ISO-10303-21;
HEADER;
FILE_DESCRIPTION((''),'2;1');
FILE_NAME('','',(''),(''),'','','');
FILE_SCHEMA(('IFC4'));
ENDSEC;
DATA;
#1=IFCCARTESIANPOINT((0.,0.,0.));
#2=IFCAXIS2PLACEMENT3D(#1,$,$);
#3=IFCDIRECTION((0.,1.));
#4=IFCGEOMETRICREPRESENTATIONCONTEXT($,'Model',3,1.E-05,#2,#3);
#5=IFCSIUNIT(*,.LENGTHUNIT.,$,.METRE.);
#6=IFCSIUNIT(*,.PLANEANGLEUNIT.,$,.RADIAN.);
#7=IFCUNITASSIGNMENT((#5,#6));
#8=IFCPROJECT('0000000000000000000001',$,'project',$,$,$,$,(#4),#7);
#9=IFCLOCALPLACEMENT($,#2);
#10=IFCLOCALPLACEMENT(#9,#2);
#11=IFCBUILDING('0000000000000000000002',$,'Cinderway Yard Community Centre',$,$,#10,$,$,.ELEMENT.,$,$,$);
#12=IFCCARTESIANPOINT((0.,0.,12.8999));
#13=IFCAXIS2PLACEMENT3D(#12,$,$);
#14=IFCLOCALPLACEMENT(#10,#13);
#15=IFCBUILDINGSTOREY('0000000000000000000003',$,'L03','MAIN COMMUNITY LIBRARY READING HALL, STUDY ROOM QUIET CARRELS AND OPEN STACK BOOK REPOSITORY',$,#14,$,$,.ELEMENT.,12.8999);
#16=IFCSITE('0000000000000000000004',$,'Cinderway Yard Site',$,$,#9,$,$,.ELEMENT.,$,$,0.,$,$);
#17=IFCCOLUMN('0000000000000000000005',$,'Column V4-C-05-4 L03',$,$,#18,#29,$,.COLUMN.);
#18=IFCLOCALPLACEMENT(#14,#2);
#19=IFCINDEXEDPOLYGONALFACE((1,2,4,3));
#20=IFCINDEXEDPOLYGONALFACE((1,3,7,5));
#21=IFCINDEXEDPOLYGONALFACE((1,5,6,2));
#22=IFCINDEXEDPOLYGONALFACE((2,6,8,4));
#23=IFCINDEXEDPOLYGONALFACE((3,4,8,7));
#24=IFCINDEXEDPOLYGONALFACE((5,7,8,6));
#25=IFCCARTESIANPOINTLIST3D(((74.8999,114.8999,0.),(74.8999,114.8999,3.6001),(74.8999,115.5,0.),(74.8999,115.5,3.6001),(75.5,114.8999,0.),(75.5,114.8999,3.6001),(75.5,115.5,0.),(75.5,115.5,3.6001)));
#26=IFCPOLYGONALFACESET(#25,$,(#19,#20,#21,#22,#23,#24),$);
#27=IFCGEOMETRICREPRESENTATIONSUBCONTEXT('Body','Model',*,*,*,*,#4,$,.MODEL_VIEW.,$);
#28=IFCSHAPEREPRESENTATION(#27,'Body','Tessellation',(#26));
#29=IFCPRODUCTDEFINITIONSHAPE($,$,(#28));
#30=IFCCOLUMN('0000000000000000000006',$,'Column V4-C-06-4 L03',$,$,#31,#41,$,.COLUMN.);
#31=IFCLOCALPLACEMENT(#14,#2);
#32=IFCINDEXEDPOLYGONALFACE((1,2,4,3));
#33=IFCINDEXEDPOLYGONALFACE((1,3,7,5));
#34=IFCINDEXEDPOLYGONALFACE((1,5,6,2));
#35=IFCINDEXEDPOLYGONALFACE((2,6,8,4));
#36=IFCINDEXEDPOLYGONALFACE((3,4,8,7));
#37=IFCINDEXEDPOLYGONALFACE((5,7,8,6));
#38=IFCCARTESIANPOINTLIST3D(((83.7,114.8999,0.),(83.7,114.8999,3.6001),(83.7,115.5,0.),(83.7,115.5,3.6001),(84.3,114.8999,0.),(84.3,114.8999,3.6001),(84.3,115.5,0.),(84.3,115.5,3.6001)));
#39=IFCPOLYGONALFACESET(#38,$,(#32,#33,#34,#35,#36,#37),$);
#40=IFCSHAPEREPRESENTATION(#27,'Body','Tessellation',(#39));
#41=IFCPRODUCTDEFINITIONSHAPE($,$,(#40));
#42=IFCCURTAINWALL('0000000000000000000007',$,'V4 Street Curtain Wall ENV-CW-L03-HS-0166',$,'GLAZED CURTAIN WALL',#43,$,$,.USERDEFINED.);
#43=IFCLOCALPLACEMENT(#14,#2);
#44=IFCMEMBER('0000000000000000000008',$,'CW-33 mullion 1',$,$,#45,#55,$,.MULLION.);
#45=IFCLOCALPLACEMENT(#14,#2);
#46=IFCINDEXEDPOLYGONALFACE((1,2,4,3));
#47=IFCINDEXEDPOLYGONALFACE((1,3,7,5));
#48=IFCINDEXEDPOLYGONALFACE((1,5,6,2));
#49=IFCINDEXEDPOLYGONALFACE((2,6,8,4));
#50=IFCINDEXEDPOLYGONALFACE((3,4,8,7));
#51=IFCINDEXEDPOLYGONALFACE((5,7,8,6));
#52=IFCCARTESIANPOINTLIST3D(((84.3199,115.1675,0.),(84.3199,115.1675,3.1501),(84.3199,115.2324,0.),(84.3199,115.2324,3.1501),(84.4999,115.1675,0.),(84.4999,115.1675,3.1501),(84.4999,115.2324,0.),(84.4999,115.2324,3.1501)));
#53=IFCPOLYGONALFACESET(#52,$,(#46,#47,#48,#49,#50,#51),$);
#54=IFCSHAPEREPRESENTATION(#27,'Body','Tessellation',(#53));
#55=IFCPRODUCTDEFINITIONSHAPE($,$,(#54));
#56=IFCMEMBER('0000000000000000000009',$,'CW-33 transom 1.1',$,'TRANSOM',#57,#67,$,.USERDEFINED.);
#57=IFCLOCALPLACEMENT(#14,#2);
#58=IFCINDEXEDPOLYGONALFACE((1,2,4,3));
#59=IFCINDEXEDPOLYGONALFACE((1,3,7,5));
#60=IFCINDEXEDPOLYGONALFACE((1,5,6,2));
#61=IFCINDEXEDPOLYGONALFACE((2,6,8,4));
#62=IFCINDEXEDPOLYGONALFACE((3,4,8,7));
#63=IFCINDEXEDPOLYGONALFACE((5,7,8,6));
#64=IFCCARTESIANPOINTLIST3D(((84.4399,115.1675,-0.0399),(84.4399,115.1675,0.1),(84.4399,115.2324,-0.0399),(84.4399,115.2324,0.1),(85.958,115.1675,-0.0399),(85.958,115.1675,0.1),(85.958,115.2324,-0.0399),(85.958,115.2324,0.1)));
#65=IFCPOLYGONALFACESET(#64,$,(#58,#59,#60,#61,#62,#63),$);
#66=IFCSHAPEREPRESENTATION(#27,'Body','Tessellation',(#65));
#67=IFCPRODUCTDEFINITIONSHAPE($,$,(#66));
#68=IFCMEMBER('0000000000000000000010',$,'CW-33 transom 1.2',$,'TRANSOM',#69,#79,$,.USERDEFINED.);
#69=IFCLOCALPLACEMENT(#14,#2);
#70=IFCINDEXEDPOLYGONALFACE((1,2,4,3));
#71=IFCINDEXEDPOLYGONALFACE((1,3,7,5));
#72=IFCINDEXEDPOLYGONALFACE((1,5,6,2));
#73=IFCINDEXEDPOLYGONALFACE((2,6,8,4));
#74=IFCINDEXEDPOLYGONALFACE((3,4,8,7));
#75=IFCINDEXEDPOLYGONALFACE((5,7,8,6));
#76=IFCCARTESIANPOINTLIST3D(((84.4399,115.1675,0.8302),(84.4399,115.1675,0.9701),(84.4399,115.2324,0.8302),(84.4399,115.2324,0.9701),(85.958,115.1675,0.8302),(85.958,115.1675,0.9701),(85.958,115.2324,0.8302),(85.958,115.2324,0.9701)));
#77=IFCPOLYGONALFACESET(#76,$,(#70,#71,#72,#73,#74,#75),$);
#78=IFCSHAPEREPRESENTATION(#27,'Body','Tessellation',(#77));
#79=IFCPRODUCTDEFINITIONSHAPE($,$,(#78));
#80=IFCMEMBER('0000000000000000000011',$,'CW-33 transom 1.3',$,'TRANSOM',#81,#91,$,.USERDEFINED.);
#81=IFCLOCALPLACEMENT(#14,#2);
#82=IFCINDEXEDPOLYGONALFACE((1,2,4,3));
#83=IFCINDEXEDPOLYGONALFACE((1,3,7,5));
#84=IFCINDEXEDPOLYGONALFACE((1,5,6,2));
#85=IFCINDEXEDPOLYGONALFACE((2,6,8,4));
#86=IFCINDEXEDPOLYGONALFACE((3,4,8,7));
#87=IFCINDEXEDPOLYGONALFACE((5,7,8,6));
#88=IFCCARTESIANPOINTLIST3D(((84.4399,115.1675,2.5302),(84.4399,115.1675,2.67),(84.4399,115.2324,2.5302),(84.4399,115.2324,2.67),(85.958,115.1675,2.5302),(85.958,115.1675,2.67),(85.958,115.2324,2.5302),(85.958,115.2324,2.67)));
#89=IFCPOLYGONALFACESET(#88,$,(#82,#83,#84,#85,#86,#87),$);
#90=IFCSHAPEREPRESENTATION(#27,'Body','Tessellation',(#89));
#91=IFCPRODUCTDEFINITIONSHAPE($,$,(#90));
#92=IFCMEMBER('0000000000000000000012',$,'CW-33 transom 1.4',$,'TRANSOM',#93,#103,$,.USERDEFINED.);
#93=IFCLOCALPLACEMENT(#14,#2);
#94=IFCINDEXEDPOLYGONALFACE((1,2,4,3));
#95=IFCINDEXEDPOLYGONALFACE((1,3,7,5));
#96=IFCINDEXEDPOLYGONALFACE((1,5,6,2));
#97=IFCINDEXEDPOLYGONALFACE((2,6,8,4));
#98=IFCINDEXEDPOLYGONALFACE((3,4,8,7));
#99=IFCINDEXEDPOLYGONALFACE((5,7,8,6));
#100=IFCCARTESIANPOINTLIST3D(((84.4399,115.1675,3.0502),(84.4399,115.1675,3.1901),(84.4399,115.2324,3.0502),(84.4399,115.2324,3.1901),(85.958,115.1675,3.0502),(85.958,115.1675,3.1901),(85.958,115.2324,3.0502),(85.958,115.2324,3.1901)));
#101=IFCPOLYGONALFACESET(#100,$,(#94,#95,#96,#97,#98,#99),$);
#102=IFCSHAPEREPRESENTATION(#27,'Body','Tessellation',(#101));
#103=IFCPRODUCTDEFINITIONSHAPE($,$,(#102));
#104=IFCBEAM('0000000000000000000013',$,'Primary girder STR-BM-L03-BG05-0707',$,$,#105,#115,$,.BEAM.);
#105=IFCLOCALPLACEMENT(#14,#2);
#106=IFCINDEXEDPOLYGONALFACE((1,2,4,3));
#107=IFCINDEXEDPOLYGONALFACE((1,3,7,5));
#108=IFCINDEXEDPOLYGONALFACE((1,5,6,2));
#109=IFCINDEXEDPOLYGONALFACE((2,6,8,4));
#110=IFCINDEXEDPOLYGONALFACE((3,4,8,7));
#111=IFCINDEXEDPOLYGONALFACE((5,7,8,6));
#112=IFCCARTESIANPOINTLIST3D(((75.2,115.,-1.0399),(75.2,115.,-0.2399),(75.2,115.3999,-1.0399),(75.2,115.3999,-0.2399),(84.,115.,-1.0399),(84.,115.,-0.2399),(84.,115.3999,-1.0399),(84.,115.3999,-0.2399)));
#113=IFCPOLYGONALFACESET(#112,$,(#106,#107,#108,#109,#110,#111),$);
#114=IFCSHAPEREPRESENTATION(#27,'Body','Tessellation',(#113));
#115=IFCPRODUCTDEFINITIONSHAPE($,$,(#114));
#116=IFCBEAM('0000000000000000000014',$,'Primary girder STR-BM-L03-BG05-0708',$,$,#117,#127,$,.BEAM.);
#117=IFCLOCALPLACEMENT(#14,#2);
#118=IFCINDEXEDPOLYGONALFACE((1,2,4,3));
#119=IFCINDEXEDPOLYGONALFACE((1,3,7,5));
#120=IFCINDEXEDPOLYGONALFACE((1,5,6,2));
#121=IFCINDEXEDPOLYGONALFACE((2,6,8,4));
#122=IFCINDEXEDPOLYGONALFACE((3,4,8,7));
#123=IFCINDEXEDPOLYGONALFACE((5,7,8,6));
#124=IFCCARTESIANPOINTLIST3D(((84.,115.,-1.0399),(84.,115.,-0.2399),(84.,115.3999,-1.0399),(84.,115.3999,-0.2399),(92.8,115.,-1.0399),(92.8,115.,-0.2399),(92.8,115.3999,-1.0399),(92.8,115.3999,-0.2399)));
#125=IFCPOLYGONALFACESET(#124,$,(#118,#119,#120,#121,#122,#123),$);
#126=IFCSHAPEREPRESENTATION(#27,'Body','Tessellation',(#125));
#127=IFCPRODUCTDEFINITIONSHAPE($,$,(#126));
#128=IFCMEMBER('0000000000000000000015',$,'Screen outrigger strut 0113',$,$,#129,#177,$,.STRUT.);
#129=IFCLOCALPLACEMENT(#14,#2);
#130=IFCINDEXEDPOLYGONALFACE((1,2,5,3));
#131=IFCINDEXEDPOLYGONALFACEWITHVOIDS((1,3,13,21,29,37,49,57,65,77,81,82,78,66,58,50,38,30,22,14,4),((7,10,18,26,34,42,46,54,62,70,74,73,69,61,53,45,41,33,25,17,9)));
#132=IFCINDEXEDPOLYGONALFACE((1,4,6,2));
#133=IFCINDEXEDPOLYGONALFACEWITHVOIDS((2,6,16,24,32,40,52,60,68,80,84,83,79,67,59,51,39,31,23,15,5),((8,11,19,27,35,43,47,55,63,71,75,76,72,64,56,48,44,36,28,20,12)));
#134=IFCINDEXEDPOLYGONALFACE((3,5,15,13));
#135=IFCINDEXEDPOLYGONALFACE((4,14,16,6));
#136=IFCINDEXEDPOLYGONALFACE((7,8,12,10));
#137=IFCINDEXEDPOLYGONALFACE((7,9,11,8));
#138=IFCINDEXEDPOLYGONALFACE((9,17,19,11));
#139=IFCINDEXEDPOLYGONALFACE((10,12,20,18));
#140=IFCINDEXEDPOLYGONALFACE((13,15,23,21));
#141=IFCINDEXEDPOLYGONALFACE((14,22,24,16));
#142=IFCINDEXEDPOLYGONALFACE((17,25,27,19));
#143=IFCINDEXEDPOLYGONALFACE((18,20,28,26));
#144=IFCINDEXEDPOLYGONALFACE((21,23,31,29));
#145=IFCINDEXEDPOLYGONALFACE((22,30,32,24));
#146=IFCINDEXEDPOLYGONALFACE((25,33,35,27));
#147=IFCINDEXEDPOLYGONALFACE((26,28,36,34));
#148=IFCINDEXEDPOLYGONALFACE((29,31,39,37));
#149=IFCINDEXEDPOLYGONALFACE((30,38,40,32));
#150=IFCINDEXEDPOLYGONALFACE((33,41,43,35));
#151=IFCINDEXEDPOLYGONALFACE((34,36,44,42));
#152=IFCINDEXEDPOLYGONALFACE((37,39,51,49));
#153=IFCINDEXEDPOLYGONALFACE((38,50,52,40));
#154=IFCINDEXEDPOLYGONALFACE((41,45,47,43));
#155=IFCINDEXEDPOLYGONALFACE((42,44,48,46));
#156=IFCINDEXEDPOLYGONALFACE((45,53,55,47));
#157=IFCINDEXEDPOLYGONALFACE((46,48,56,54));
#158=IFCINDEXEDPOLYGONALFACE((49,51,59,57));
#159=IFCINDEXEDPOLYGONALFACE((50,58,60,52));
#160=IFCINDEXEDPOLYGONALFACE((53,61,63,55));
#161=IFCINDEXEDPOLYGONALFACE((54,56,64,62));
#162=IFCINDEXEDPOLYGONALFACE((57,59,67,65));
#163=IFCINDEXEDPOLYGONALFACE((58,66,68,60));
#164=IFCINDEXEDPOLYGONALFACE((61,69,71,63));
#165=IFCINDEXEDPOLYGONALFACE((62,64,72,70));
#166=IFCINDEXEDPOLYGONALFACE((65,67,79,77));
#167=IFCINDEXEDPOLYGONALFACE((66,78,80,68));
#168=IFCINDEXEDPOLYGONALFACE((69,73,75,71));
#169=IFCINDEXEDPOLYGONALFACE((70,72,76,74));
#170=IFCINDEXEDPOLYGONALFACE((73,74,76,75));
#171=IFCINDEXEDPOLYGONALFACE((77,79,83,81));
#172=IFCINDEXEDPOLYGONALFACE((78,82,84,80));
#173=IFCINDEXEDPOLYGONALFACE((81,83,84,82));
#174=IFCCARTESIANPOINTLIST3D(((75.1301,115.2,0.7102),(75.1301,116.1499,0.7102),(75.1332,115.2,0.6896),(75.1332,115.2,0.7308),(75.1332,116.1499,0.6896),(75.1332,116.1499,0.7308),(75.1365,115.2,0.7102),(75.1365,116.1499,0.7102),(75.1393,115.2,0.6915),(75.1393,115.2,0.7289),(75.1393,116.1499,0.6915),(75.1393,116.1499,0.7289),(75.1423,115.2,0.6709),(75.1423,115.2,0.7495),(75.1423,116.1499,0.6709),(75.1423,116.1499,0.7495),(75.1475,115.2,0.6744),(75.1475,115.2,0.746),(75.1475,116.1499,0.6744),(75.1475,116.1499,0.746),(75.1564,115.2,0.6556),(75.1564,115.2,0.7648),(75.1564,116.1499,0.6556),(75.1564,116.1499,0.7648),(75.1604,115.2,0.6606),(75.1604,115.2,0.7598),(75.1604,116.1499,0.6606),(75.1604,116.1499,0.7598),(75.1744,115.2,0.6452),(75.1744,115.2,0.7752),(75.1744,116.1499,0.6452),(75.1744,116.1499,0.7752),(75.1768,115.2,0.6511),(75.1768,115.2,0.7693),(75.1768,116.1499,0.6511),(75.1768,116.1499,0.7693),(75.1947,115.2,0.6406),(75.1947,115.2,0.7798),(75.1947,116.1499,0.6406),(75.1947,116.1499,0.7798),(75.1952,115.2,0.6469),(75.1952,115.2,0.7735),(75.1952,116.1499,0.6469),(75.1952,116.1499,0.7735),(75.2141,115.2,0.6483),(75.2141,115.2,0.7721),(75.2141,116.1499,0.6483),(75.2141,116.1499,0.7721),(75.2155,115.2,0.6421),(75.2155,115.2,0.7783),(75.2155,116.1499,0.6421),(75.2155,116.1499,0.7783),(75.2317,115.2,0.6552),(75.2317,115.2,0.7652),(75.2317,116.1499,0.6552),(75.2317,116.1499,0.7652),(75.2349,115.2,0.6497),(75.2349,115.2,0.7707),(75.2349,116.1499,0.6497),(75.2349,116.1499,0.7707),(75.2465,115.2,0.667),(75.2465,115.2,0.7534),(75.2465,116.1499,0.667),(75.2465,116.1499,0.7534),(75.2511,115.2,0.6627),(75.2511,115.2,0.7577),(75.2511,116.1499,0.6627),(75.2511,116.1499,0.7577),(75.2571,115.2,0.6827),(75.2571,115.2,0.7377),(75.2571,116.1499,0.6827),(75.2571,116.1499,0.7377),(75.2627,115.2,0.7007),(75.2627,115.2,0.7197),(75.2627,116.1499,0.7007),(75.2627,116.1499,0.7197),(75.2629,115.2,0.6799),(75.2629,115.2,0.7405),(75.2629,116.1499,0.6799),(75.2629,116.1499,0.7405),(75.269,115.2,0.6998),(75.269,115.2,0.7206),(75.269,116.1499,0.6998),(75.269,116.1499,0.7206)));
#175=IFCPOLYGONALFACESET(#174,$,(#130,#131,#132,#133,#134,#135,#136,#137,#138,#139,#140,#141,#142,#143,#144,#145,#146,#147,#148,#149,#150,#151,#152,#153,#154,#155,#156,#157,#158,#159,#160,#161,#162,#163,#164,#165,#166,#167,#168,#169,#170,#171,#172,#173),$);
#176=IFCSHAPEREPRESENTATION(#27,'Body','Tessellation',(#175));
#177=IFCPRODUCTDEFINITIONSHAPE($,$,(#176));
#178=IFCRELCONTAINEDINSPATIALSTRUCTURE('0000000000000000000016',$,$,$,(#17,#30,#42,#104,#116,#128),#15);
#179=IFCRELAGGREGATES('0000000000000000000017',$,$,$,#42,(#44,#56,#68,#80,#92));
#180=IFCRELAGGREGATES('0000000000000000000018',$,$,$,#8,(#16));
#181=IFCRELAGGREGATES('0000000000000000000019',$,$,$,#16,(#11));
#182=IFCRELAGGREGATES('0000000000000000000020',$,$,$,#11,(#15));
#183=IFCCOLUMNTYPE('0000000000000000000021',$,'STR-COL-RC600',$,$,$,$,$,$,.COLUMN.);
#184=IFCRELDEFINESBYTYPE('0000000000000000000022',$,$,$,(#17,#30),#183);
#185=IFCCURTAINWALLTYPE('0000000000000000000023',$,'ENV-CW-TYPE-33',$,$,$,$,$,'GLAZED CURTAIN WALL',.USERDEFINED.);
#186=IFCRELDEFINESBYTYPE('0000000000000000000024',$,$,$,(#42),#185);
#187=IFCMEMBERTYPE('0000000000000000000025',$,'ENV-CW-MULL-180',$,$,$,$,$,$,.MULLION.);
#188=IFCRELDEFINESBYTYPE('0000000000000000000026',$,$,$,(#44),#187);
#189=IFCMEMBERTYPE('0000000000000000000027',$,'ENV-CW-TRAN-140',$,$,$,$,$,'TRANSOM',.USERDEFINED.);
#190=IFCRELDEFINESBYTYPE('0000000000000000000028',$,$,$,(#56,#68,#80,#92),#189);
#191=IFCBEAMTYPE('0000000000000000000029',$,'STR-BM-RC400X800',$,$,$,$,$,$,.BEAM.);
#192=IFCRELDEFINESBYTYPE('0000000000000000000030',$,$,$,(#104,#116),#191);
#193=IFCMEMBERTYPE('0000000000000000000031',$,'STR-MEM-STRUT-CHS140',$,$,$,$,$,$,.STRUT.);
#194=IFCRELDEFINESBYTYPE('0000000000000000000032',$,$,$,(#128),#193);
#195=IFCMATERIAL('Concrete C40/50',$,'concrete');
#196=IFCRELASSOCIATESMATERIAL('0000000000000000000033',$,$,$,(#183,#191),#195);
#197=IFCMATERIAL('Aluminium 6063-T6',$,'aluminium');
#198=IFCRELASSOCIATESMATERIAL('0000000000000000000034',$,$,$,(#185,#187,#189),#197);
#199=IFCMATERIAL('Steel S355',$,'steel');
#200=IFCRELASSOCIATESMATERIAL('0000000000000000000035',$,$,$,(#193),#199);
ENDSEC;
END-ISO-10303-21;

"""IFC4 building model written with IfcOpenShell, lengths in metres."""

from ifc_helpers import new_model, si_unit, direction, frame, origin, origin_2d, place, context, subcontext, project, spatial, rectangle, hollow_circle, extrude, material, material_profile, profile_set, type_object, element, aggregate, save


model = new_model("IFC4")

# Units and contexts
model_context = context("Model", 3, precision=1e-05, world=origin(), true_north=direction((0.0, 1.0)))
body_context = subcontext(model_context, "Body", "Model", "MODEL_VIEW")
ifc_project = project(units=[si_unit("LENGTHUNIT", "METRE"), si_unit("PLANEANGLEUNIT", "RADIAN")], contexts=[model_context])

# Site, building, storey
site_placement = place(None, origin())
site = spatial("IfcSite", under=ifc_project, at=site_placement, Name="Cinderway Yard Site", CompositionType="ELEMENT", RefElevation=0.0)
building_placement = place(site_placement, origin())
building = spatial("IfcBuilding", under=site, at=building_placement, Name="Cinderway Yard Community Centre", CompositionType="ELEMENT")
storey_placement = place(building_placement, frame((0.0, 0.0, 12.8999)))
storey = spatial("IfcBuildingStorey", under=building, at=storey_placement, Name="L03", Description="MAIN COMMUNITY LIBRARY READING HALL, STUDY ROOM QUIET CARRELS AND OPEN STACK BOOK REPOSITORY", CompositionType="ELEMENT", Elevation=12.8999)

# Columns
ifc_material_1 = material(Name="Concrete C40/50", Category="concrete")
ifc_material_profile_1 = material_profile(ifc_material_1, rectangle(XDim=0.6001, YDim=0.6001, at=origin_2d()), Name="Concrete C40/50")
ifc_profile_set_1 = profile_set([ifc_material_profile_1], Name="Concrete C40/50")
column_type = type_object("IfcColumnType", Name="STR-COL-RC600", PredefinedType="COLUMN", material=ifc_profile_set_1)
for number, where, z_axis, x_axis, name in (
    (1, (75.2, 115.2, 0.0), (0.0, 0.0, 1.0), (1.0, 0.0, 0.0), "Column V4-C-05-4 L03"),
    (2, (84.0, 115.2, 0.0), (0.0, 0.0, 1.0), (1.0, 0.0, 0.0), "Column V4-C-06-4 L03"),
):
    element("IfcColumn", number, at=place(storey_placement, frame(where, z_axis=z_axis, x_axis=x_axis)), inside=storey, type_object=column_type, Name=name, PredefinedType="COLUMN", context=body_context, shape_type="SweptSolid", body=[
        extrude(rectangle(XDim=0.6001, YDim=0.6001, at=origin_2d()), origin(), (0.0, 0.0, 1.0), 3.6001),
    ])

# Curtain wall, members
ifc_material_2 = material(Name="Aluminium 6063-T6", Category="aluminium")
curtain_wall_type = type_object("IfcCurtainWallType", Name="ENV-CW-TYPE-33", ElementType="GLAZED CURTAIN WALL", PredefinedType="USERDEFINED", material=ifc_material_2)
curtain_wall_placement = place(storey_placement, origin())
curtain_wall = element("IfcCurtainWall", 3, at=curtain_wall_placement, inside=storey, type_object=curtain_wall_type, Name="V4 Street Curtain Wall ENV-CW-L03-HS-0166", ObjectType="GLAZED CURTAIN WALL", PredefinedType="USERDEFINED")
ifc_material_profile_2 = material_profile(ifc_material_2, rectangle(XDim=0.0649, YDim=0.1799, at=origin_2d()), Name="Aluminium 6063-T6")
ifc_profile_set_2 = profile_set([ifc_material_profile_2], Name="Aluminium 6063-T6")
member_type_1 = type_object("IfcMemberType", Name="ENV-CW-MULL-180", PredefinedType="MULLION", material=ifc_profile_set_2)
member_1_placement = place(storey_placement, frame((84.4099, 115.2, 0.0), z_axis=(0.0, 0.0, 1.0), x_axis=(0.0, 1.0, 0.0)))
member_1 = element("IfcMember", 4, at=member_1_placement, type_object=member_type_1, Name="CW-33 mullion 1", PredefinedType="MULLION", context=body_context, shape_type="SweptSolid", body=[
    extrude(rectangle(XDim=0.0649, YDim=0.1799, at=origin_2d()), origin(), (0.0, 0.0, 1.0), 3.1501),
])
ifc_material_profile_3 = material_profile(ifc_material_2, rectangle(XDim=0.0649, YDim=0.1399, at=origin_2d()), Name="Aluminium 6063-T6")
ifc_profile_set_3 = profile_set([ifc_material_profile_3], Name="Aluminium 6063-T6")
member_type_2 = type_object("IfcMemberType", Name="ENV-CW-TRAN-140", ElementType="TRANSOM", PredefinedType="USERDEFINED", material=ifc_profile_set_3)
member_2_placement = place(storey_placement, frame((84.4399, 115.2, 0.03), z_axis=(1.0, 0.0, 0.0), x_axis=(0.0, 1.0, 0.0)))
member_2 = element("IfcMember", 5, at=member_2_placement, type_object=member_type_2, Name="CW-33 transom 1.1", ObjectType="TRANSOM", PredefinedType="USERDEFINED", context=body_context, shape_type="SweptSolid", body=[
    extrude(rectangle(XDim=0.0649, YDim=0.1399, at=origin_2d()), origin(), (0.0, 0.0, 1.0), 1.5181),
])
member_3_placement = place(storey_placement, frame((84.4399, 115.2, 0.9001), z_axis=(1.0, 0.0, 0.0), x_axis=(0.0, 1.0, 0.0)))
member_3 = element("IfcMember", 6, at=member_3_placement, type_object=member_type_2, Name="CW-33 transom 1.2", ObjectType="TRANSOM", PredefinedType="USERDEFINED", context=body_context, shape_type="SweptSolid", body=[
    extrude(rectangle(XDim=0.0649, YDim=0.1399, at=origin_2d()), origin(), (0.0, 0.0, 1.0), 1.5181),
])
member_4_placement = place(storey_placement, frame((84.4399, 115.2, 2.6001), z_axis=(1.0, 0.0, 0.0), x_axis=(0.0, 1.0, 0.0)))
member_4 = element("IfcMember", 7, at=member_4_placement, type_object=member_type_2, Name="CW-33 transom 1.3", ObjectType="TRANSOM", PredefinedType="USERDEFINED", context=body_context, shape_type="SweptSolid", body=[
    extrude(rectangle(XDim=0.0649, YDim=0.1399, at=origin_2d()), origin(), (0.0, 0.0, 1.0), 1.5181),
])
member_5_placement = place(storey_placement, frame((84.4399, 115.2, 3.1201), z_axis=(1.0, 0.0, 0.0), x_axis=(0.0, 1.0, 0.0)))
member_5 = element("IfcMember", 8, at=member_5_placement, type_object=member_type_2, Name="CW-33 transom 1.4", ObjectType="TRANSOM", PredefinedType="USERDEFINED", context=body_context, shape_type="SweptSolid", body=[
    extrude(rectangle(XDim=0.0649, YDim=0.1399, at=origin_2d()), origin(), (0.0, 0.0, 1.0), 1.5181),
])

# Beams
ifc_material_profile_4 = material_profile(ifc_material_1, rectangle(XDim=0.3999, YDim=0.8, at=origin_2d()), Name="Concrete C40/50")
ifc_profile_set_4 = profile_set([ifc_material_profile_4], Name="Concrete C40/50")
beam_type = type_object("IfcBeamType", Name="STR-BM-RC400X800", PredefinedType="BEAM", material=ifc_profile_set_4)
for number, where, z_axis, x_axis, name in (
    (9, (75.2, 115.2, -0.6399), (1.0, 0.0, 0.0), (0.0, 1.0, 0.0), "Primary girder STR-BM-L03-BG05-0707"),
    (10, (84.0, 115.2, -0.6399), (1.0, 0.0, 0.0), (0.0, 1.0, 0.0), "Primary girder STR-BM-L03-BG05-0708"),
):
    element("IfcBeam", number, at=place(storey_placement, frame(where, z_axis=z_axis, x_axis=x_axis)), inside=storey, type_object=beam_type, Name=name, PredefinedType="BEAM", context=body_context, shape_type="SweptSolid", body=[
        extrude(rectangle(XDim=0.3999, YDim=0.8, at=origin_2d()), origin(), (0.0, 0.0, 1.0), 8.8),
    ])

# Member
ifc_material_3 = material(Name="Steel S355", Category="steel")
ifc_material_profile_5 = material_profile(ifc_material_3, hollow_circle(Radius=0.0698, WallThickness=0.0063, at=origin_2d()), Name="Steel S355")
ifc_profile_set_5 = profile_set([ifc_material_profile_5], Name="Steel S355")
member_type_3 = type_object("IfcMemberType", Name="STR-MEM-STRUT-CHS140", PredefinedType="STRUT", material=ifc_profile_set_5)
for number, where, z_axis, x_axis, name in (
    (11, (75.2, 115.2, 0.7102), (0.0, 1.0, 0.0), (-1.0, 0.0, 0.0), "Screen outrigger strut 0113"),
):
    element("IfcMember", number, at=place(storey_placement, frame(where, z_axis=z_axis, x_axis=x_axis)), inside=storey, type_object=member_type_3, Name=name, PredefinedType="STRUT", context=body_context, shape_type="SweptSolid", body=[
        extrude(hollow_circle(Radius=0.0698, WallThickness=0.0063, at=origin_2d()), origin(), (0.0, 0.0, 1.0), 0.95),
    ])

aggregate(curtain_wall, [member_1, member_2, member_3, member_4, member_5])

save(model, "model.ifc")
